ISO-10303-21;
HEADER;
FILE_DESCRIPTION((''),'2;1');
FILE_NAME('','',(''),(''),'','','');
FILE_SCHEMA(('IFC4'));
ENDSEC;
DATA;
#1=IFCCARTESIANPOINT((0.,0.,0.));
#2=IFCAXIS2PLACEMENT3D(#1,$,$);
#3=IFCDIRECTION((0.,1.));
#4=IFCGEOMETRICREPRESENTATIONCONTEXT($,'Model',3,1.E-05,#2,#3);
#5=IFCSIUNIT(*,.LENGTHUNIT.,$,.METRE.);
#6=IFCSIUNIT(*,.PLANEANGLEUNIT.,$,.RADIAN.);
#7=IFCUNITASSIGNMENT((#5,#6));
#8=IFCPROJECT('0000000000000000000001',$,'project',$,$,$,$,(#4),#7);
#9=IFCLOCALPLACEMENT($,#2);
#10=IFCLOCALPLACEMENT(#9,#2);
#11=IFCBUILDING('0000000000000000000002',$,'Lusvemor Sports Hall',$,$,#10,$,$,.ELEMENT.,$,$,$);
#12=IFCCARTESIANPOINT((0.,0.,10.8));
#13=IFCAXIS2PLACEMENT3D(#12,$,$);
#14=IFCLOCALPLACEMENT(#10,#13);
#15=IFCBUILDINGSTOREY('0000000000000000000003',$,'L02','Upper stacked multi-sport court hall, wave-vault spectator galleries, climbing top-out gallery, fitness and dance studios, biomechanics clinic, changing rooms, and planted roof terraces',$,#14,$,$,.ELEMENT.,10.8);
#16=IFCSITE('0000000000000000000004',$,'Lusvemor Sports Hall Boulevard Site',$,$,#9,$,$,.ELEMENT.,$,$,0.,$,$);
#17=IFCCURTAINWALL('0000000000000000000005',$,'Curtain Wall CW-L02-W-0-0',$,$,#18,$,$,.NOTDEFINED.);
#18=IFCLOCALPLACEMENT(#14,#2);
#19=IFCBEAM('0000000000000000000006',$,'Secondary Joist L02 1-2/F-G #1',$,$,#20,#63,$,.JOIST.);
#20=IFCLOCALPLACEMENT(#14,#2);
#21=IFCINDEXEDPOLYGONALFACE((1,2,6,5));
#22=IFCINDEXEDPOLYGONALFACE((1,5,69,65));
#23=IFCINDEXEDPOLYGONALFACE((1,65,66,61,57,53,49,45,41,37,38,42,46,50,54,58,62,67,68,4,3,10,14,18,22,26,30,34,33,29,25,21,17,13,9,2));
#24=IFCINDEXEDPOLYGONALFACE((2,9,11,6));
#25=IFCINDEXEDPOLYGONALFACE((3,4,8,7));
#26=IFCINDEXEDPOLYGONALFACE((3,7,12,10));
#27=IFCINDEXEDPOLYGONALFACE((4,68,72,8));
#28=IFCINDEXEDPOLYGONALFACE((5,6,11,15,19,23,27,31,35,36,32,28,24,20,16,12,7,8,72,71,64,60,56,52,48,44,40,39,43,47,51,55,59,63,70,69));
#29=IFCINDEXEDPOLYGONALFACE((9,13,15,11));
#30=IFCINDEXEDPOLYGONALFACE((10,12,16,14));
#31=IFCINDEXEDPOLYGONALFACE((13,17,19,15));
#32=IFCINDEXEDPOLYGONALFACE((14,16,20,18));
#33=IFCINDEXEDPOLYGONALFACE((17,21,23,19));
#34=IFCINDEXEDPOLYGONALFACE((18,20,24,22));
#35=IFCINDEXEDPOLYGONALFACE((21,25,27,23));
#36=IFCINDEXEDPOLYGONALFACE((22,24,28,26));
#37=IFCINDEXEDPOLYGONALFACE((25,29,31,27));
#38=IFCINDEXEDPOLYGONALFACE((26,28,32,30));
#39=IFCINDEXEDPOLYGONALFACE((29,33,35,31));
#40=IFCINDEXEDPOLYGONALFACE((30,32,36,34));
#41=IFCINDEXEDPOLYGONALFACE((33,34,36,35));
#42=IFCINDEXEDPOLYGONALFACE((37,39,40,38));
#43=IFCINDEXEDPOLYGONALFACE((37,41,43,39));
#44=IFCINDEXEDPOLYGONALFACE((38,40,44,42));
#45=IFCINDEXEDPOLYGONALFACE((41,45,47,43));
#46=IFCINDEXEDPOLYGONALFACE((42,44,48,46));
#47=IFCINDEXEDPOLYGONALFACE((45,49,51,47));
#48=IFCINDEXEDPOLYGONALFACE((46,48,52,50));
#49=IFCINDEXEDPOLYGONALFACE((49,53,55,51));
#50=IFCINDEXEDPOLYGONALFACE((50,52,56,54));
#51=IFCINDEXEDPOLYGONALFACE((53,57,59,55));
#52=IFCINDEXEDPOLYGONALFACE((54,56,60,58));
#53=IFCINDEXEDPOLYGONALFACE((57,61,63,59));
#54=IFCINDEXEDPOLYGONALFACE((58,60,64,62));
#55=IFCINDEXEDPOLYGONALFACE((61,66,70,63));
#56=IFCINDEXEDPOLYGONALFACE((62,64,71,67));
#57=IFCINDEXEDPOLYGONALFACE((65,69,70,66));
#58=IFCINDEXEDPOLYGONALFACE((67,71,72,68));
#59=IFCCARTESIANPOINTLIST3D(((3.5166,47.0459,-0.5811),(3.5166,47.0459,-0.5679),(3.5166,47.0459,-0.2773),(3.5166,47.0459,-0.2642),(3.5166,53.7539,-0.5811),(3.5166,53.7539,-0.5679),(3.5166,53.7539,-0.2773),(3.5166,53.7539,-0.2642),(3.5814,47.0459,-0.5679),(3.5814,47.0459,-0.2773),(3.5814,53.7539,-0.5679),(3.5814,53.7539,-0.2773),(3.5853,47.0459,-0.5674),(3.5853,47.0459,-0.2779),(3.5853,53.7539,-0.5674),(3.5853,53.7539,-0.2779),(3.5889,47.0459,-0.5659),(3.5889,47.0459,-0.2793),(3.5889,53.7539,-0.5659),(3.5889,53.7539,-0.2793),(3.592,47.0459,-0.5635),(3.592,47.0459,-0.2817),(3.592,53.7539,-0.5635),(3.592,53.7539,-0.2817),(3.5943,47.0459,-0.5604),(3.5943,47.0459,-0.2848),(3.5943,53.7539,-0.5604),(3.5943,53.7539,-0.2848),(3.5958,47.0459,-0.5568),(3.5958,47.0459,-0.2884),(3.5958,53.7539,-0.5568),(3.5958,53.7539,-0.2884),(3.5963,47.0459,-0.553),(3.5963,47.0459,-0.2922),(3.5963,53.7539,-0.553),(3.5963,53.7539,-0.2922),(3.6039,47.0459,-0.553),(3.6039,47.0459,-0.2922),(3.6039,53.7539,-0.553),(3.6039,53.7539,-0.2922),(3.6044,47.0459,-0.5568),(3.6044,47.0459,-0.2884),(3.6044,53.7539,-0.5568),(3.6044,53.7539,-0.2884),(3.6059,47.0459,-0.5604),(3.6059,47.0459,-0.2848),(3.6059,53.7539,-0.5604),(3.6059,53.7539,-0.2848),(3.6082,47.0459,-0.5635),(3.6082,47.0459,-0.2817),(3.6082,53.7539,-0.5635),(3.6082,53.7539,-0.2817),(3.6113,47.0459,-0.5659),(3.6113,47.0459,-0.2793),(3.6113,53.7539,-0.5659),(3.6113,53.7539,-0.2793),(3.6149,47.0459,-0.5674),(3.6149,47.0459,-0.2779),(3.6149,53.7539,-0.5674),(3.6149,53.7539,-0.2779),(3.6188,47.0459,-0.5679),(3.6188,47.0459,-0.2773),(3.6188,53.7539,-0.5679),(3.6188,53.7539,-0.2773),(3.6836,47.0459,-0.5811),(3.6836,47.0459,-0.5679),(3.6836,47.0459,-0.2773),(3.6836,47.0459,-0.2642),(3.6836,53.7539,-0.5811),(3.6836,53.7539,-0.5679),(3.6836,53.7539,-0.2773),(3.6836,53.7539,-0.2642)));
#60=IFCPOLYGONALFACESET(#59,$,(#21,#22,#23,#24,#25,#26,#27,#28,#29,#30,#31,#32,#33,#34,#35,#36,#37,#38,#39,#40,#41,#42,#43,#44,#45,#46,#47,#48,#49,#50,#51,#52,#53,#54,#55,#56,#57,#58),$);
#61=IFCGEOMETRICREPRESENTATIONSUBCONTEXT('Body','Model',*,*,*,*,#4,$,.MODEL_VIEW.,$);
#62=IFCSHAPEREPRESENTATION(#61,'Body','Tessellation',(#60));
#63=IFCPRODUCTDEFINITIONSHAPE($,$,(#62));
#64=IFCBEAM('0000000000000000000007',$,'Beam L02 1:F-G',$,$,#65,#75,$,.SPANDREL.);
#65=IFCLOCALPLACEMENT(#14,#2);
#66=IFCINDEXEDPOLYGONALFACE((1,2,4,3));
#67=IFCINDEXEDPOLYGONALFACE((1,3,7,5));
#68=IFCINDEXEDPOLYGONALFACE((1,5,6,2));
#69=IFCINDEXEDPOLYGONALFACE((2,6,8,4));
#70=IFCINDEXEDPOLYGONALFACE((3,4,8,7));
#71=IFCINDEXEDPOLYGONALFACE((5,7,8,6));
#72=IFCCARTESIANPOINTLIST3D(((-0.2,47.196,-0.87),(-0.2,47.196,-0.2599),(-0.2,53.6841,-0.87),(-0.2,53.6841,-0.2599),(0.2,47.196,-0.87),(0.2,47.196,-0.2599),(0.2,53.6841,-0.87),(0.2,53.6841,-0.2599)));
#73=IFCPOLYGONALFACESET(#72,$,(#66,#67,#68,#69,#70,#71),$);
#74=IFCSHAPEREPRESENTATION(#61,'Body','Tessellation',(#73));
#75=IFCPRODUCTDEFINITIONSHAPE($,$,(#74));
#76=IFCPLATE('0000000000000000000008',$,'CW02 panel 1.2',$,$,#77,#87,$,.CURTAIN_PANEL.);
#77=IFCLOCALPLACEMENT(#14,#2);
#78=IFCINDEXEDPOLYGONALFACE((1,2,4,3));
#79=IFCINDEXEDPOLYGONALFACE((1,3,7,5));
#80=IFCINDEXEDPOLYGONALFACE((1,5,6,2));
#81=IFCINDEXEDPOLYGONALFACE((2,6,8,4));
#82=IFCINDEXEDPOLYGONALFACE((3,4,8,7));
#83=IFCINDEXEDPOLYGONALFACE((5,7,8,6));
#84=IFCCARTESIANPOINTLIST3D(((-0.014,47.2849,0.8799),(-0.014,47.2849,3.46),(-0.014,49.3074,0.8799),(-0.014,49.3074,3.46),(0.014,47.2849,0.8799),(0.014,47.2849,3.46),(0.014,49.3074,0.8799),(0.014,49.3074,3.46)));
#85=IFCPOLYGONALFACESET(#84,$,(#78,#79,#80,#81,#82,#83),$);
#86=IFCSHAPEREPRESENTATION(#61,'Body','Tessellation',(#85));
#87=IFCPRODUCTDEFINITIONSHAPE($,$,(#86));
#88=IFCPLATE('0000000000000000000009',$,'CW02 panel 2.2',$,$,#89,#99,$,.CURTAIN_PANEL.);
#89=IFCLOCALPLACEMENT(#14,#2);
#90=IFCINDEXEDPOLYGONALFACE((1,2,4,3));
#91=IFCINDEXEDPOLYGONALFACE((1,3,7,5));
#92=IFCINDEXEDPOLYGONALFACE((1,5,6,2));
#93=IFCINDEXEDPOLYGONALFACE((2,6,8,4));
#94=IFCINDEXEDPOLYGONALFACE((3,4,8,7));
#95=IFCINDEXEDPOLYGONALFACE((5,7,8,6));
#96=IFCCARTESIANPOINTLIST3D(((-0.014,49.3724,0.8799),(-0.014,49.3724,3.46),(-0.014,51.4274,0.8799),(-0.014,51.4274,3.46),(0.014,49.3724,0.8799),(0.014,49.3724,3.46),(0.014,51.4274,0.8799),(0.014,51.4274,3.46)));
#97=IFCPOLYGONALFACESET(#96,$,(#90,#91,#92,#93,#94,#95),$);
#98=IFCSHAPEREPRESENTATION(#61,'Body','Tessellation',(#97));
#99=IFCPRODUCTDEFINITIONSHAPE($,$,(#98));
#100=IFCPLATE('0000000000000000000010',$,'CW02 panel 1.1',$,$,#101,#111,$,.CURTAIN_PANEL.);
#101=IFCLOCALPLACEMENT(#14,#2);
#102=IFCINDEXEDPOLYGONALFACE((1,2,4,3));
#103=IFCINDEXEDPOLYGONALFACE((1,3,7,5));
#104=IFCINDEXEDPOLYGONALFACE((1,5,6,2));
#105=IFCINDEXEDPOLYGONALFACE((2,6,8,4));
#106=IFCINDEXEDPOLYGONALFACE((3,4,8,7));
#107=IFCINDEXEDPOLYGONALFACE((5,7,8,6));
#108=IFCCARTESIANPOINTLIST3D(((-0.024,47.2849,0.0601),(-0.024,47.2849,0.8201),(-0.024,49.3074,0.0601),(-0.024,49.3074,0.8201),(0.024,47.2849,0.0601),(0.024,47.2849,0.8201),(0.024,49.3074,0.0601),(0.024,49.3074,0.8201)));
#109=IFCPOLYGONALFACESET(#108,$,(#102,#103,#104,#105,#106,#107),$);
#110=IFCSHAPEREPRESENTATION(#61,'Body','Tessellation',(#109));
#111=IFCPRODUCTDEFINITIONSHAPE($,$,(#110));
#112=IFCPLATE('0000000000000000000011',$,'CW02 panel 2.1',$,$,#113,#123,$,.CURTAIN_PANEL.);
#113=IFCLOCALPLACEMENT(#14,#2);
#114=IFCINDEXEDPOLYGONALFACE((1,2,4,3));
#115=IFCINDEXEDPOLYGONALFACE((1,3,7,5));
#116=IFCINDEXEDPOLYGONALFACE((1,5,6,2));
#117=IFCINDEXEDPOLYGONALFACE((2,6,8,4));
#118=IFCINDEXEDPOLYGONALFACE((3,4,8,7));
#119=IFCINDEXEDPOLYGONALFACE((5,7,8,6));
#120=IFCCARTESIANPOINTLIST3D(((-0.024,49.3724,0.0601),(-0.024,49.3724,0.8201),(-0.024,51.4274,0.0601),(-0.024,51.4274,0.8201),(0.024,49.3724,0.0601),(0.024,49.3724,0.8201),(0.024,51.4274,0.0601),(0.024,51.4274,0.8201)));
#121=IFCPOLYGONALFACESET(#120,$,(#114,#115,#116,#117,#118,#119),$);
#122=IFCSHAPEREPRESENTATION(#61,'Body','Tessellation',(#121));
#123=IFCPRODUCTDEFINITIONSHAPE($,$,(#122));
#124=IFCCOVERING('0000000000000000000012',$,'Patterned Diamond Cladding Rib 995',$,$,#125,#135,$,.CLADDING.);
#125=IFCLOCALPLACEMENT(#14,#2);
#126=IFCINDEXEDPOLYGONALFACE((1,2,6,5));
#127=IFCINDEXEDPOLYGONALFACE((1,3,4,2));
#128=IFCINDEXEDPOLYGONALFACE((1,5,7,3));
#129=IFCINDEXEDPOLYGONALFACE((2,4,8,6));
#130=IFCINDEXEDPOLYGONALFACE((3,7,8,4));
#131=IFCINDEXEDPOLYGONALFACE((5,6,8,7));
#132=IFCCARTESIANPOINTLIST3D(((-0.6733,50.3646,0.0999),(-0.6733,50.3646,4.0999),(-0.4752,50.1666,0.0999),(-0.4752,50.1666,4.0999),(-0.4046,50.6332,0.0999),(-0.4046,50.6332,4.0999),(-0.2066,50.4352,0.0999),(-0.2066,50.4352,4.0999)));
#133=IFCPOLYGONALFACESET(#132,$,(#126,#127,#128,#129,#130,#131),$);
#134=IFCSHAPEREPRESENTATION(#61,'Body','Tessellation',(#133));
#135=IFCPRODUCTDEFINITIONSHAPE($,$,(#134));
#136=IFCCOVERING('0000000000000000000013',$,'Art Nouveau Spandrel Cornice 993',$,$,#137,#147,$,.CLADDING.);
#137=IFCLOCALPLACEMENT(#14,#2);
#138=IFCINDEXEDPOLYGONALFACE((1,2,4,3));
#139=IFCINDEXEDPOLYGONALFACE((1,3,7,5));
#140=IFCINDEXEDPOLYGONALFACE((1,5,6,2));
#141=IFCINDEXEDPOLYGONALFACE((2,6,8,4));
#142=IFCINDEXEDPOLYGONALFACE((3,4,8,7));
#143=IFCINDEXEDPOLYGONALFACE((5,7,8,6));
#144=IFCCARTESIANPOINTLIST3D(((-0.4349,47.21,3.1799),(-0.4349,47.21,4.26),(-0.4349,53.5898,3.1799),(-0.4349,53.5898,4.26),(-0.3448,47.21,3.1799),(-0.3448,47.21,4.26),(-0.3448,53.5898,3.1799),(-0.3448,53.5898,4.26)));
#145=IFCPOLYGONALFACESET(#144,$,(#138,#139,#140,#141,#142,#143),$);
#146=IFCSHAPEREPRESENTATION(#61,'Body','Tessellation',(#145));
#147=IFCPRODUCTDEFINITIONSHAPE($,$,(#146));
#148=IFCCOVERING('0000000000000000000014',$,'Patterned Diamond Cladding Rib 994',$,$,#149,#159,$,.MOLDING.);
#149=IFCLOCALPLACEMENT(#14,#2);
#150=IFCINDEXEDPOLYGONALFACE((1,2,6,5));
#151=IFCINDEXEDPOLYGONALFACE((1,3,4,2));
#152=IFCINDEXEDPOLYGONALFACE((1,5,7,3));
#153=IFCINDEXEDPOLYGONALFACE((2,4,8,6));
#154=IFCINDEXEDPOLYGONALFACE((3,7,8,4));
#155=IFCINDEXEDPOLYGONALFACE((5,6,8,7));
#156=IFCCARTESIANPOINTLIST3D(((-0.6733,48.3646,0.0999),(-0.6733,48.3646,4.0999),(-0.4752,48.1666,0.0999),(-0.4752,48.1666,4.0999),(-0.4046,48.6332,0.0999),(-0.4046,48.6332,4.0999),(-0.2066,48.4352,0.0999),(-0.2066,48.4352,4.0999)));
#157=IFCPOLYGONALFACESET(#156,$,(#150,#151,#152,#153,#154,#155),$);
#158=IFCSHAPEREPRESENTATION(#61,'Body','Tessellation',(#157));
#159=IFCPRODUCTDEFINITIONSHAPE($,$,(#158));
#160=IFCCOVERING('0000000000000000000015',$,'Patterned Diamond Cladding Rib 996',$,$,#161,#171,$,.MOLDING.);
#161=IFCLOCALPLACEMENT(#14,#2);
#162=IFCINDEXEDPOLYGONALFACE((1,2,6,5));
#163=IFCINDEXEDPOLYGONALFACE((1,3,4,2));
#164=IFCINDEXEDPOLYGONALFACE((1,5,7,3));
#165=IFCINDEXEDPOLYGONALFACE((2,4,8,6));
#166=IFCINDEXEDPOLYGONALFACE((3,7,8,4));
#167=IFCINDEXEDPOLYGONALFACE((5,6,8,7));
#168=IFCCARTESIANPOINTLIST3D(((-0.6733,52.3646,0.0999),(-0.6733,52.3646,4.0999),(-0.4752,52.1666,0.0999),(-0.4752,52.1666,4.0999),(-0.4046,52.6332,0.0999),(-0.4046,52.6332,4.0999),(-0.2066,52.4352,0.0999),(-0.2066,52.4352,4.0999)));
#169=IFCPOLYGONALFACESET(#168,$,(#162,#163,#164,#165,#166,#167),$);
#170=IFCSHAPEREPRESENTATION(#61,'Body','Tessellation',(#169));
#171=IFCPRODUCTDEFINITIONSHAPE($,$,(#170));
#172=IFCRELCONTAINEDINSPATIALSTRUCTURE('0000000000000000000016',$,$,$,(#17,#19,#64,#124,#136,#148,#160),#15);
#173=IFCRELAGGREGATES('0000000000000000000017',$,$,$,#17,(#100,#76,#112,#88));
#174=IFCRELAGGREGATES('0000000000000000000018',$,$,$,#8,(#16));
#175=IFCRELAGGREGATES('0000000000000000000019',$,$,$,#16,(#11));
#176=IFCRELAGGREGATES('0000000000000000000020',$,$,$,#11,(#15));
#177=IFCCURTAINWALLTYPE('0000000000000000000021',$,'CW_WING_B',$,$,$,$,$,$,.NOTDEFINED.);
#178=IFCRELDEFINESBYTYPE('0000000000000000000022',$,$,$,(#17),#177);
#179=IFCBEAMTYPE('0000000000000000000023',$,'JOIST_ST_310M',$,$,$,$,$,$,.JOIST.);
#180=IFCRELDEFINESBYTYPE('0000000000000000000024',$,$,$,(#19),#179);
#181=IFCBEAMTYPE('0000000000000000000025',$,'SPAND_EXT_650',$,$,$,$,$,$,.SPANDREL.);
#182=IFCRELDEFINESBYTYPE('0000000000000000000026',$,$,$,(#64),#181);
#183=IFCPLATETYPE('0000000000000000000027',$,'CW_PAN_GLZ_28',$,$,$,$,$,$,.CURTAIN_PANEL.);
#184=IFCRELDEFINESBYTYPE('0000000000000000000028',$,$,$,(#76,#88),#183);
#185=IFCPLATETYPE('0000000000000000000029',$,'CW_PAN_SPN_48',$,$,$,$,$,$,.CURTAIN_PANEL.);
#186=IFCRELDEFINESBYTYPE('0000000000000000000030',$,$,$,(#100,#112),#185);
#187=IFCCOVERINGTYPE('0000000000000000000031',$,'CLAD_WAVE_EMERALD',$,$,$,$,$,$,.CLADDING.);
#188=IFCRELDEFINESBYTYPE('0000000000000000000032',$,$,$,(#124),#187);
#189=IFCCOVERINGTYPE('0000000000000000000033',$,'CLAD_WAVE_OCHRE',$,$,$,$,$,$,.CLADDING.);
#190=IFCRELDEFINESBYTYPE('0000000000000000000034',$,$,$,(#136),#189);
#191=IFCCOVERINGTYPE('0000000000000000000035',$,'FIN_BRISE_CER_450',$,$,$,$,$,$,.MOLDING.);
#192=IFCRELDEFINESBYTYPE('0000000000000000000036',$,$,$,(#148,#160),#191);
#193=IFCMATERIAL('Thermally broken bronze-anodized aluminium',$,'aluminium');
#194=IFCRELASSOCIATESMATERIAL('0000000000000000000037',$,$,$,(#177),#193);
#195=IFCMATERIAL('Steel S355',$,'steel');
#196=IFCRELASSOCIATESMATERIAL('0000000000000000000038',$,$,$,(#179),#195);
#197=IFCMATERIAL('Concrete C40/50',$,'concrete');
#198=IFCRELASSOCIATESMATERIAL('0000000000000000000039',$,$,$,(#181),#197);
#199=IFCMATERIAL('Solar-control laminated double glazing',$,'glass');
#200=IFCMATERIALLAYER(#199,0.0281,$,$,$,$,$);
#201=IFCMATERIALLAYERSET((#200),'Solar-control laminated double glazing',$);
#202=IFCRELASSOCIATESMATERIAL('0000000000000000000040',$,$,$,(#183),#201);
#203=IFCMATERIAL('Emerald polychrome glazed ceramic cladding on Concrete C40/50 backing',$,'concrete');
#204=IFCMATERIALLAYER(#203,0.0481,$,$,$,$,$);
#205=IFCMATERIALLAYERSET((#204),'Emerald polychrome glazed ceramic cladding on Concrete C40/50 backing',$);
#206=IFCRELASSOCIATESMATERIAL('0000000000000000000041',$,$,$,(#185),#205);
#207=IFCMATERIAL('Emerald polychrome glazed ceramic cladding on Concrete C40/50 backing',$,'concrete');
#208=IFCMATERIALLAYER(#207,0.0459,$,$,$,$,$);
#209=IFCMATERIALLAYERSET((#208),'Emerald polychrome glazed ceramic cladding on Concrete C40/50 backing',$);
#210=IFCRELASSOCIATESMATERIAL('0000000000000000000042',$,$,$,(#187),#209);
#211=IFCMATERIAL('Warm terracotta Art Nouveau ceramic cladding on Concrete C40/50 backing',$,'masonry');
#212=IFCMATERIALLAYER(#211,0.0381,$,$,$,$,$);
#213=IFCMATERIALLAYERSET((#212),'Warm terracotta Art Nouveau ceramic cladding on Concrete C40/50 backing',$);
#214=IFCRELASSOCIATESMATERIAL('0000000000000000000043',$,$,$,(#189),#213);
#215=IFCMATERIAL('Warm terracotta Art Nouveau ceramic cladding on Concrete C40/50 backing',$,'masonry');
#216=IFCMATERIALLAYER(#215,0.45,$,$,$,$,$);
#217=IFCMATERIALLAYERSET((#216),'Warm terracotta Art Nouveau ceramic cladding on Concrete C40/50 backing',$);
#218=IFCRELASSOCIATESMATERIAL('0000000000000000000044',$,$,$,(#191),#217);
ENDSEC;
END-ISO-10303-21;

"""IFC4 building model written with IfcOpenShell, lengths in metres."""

from ifc_helpers import new_model, si_unit, direction, frame, origin, origin_2d, place, context, subcontext, project, spatial, rectangle, i_section, extrude, material, layer, layer_set, material_profile, profile_set, type_object, element, aggregate, save


model = new_model("IFC4")

# Units and contexts
model_context = context("Model", 3, precision=1e-05, world=origin(), true_north=direction((0.0, 1.0)))
body_context = subcontext(model_context, "Body", "Model", "MODEL_VIEW")
ifc_project = project(units=[si_unit("LENGTHUNIT", "METRE"), si_unit("PLANEANGLEUNIT", "RADIAN")], contexts=[model_context])

# Site, building, storey
site_placement = place(None, origin())
site = spatial("IfcSite", under=ifc_project, at=site_placement, Name="Lusvemor Sports Hall Boulevard Site", CompositionType="ELEMENT", RefElevation=0.0)
building_placement = place(site_placement, origin())
building = spatial("IfcBuilding", under=site, at=building_placement, Name="Lusvemor Sports Hall", CompositionType="ELEMENT")
storey_placement = place(building_placement, frame((0.0, 0.0, 10.8)))
storey = spatial("IfcBuildingStorey", under=building, at=storey_placement, Name="L02", Description="Upper stacked multi-sport court hall, wave-vault spectator galleries, climbing top-out gallery, fitness and dance studios, biomechanics clinic, changing rooms, and planted roof terraces", CompositionType="ELEMENT", Elevation=10.8)

# Curtain wall
ifc_material_1 = material(Name="Thermally broken bronze-anodized aluminium", Category="aluminium")
curtain_wall_type = type_object("IfcCurtainWallType", Name="CW_WING_B", PredefinedType="NOTDEFINED", material=ifc_material_1)
curtain_wall_placement = place(storey_placement, origin())
curtain_wall = element("IfcCurtainWall", 1, at=curtain_wall_placement, inside=storey, type_object=curtain_wall_type, Name="Curtain Wall CW-L02-W-0-0", PredefinedType="NOTDEFINED")

# Beams
ifc_material_2 = material(Name="Steel S355", Category="steel")
ifc_material_profile_1 = material_profile(ifc_material_2, i_section(OverallWidth=0.167, OverallDepth=0.3169, WebThickness=0.0076, FlangeThickness=0.0132, FilletRadius=0.0149, at=origin_2d()), Name="W310x52.0")
ifc_profile_set_1 = profile_set([ifc_material_profile_1], Name="Steel S355")
beam_type_1 = type_object("IfcBeamType", Name="JOIST_ST_310M", PredefinedType="JOIST", material=ifc_profile_set_1)
beam_1_placement = place(storey_placement, frame((3.6001, 47.0459, -0.4226), z_axis=(0.0, 1.0, 0.0), x_axis=(-1.0, 0.0, 0.0)))
element("IfcBeam", 2, at=beam_1_placement, inside=storey, type_object=beam_type_1, Name="Secondary Joist L02 1-2/F-G #1", PredefinedType="JOIST", context=body_context, shape_type="SweptSolid", body=[
    extrude(i_section(OverallWidth=0.167, OverallDepth=0.3169, WebThickness=0.0076, FlangeThickness=0.0132, FilletRadius=0.0149, at=origin_2d()), origin(), (0.0, 0.0, 1.0), 6.708),
])
ifc_material_3 = material(Name="Concrete C40/50", Category="concrete")
ifc_material_profile_2 = material_profile(ifc_material_3, rectangle(XDim=0.3999, YDim=0.6101, at=origin_2d()), Name="RC400x610")
ifc_profile_set_2 = profile_set([ifc_material_profile_2], Name="Concrete C40/50")
beam_type_2 = type_object("IfcBeamType", Name="SPAND_EXT_650", PredefinedType="SPANDREL", material=ifc_profile_set_2)
beam_2_placement = place(storey_placement, frame((0.0, 47.196, -0.5649), z_axis=(0.0, 1.0, 0.0), x_axis=(-1.0, 0.0, 0.0)))
element("IfcBeam", 3, at=beam_2_placement, inside=storey, type_object=beam_type_2, Name="Beam L02 1:F-G", PredefinedType="SPANDREL", context=body_context, shape_type="SweptSolid", body=[
    extrude(rectangle(XDim=0.3999, YDim=0.6101, at=origin_2d()), origin(), (0.0, 0.0, 1.0), 6.488),
])

# Plates
ifc_material_4 = material(Name="Solar-control laminated double glazing", Category="glass")
ifc_layer_1 = layer(ifc_material_4, 0.0281)
ifc_layer_set_1 = layer_set([ifc_layer_1], Name="Solar-control laminated double glazing")
plate_type_1 = type_object("IfcPlateType", Name="CW_PAN_GLZ_28", PredefinedType="CURTAIN_PANEL", material=ifc_layer_set_1)
plate_1_placement = place(storey_placement, frame((0.0, 48.2961, 0.8799), z_axis=(0.0, 0.0, 1.0), x_axis=(0.0, 1.0, 0.0)))
plate_1 = element("IfcPlate", 4, at=plate_1_placement, type_object=plate_type_1, Name="CW02 panel 1.2", PredefinedType="CURTAIN_PANEL", context=body_context, shape_type="SweptSolid", body=[
    extrude(rectangle(XDim=2.0225, YDim=0.0281, at=origin_2d()), origin(), (0.0, 0.0, 1.0), 2.5801),
])
plate_2_placement = place(storey_placement, frame((0.0, 50.3999, 0.8799), z_axis=(0.0, 0.0, 1.0), x_axis=(0.0, 1.0, 0.0)))
plate_2 = element("IfcPlate", 5, at=plate_2_placement, type_object=plate_type_1, Name="CW02 panel 2.2", PredefinedType="CURTAIN_PANEL", context=body_context, shape_type="SweptSolid", body=[
    extrude(rectangle(XDim=2.0549, YDim=0.0281, at=origin_2d()), origin(), (0.0, 0.0, 1.0), 2.5801),
])
ifc_material_5 = material(Name="Emerald polychrome glazed ceramic cladding on Concrete C40/50 backing", Category="concrete")
ifc_layer_2 = layer(ifc_material_5, 0.0481)
ifc_layer_set_2 = layer_set([ifc_layer_2], Name="Emerald polychrome glazed ceramic cladding on Concrete C40/50 backing")
plate_type_2 = type_object("IfcPlateType", Name="CW_PAN_SPN_48", PredefinedType="CURTAIN_PANEL", material=ifc_layer_set_2)
plate_3_placement = place(storey_placement, frame((0.0, 48.2961, 0.0601), z_axis=(0.0, 0.0, 1.0), x_axis=(0.0, 1.0, 0.0)))
plate_3 = element("IfcPlate", 6, at=plate_3_placement, type_object=plate_type_2, Name="CW02 panel 1.1", PredefinedType="CURTAIN_PANEL", context=body_context, shape_type="SweptSolid", body=[
    extrude(rectangle(XDim=2.0225, YDim=0.0481, at=origin_2d()), origin(), (0.0, 0.0, 1.0), 0.76),
])
plate_4_placement = place(storey_placement, frame((0.0, 50.3999, 0.0601), z_axis=(0.0, 0.0, 1.0), x_axis=(0.0, 1.0, 0.0)))
plate_4 = element("IfcPlate", 7, at=plate_4_placement, type_object=plate_type_2, Name="CW02 panel 2.1", PredefinedType="CURTAIN_PANEL", context=body_context, shape_type="SweptSolid", body=[
    extrude(rectangle(XDim=2.0549, YDim=0.0481, at=origin_2d()), origin(), (0.0, 0.0, 1.0), 0.76),
])
aggregate(curtain_wall, [plate_3, plate_1, plate_4, plate_2])

# Coverings
ifc_material_6 = material(Name="Emerald polychrome glazed ceramic cladding on Concrete C40/50 backing", Category="concrete")
ifc_layer_3 = layer(ifc_material_6, 0.0459)
ifc_layer_set_3 = layer_set([ifc_layer_3], Name="Emerald polychrome glazed ceramic cladding on Concrete C40/50 backing")
covering_type_1 = type_object("IfcCoveringType", Name="CLAD_WAVE_EMERALD", PredefinedType="CLADDING", material=ifc_layer_set_3)
covering_1_placement = place(storey_placement, frame((-0.4399, 50.3999, 0.0999), z_axis=(0.0, 0.0, 1.0), x_axis=(0.707107, 0.707107, 0.0)))
element("IfcCovering", 8, at=covering_1_placement, inside=storey, type_object=covering_type_1, Name="Patterned Diamond Cladding Rib 995", PredefinedType="CLADDING", context=body_context, shape_type="SweptSolid", body=[
    extrude(rectangle(XDim=0.3799, YDim=0.28, at=origin_2d()), origin(), (0.0, 0.0, 1.0), 4.0),
])
ifc_material_7 = material(Name="Warm terracotta Art Nouveau ceramic cladding on Concrete C40/50 backing", Category="masonry")
ifc_layer_4 = layer(ifc_material_7, 0.0381)
ifc_layer_set_4 = layer_set([ifc_layer_4], Name="Warm terracotta Art Nouveau ceramic cladding on Concrete C40/50 backing")
covering_type_2 = type_object("IfcCoveringType", Name="CLAD_WAVE_OCHRE", PredefinedType="CLADDING", material=ifc_layer_set_4)
covering_2_placement = place(storey_placement, frame((-0.3899, 50.3999, 3.1799), z_axis=(0.0, 0.0, 1.0), x_axis=(1.0, 0.0, 0.0)))
element("IfcCovering", 9, at=covering_2_placement, inside=storey, type_object=covering_type_2, Name="Art Nouveau Spandrel Cornice 993", PredefinedType="CLADDING", context=body_context, shape_type="SweptSolid", body=[
    extrude(rectangle(XDim=0.0901, YDim=6.3799, at=origin_2d()), origin(), (0.0, 0.0, 1.0), 1.0801),
])
ifc_material_8 = material(Name="Warm terracotta Art Nouveau ceramic cladding on Concrete C40/50 backing", Category="masonry")
ifc_layer_5 = layer(ifc_material_8, 0.45)
ifc_layer_set_5 = layer_set([ifc_layer_5], Name="Warm terracotta Art Nouveau ceramic cladding on Concrete C40/50 backing")
covering_type_3 = type_object("IfcCoveringType", Name="FIN_BRISE_CER_450", PredefinedType="MOLDING", material=ifc_layer_set_5)
for number, where, z_axis, x_axis, name in (
    (10, (-0.4399, 48.3999, 0.0999), (0.0, 0.0, 1.0), (0.707107, 0.707107, 0.0), "Patterned Diamond Cladding Rib 994"),
    (11, (-0.4399, 52.3999, 0.0999), (0.0, 0.0, 1.0), (0.707107, 0.707107, 0.0), "Patterned Diamond Cladding Rib 996"),
):
    element("IfcCovering", number, at=place(storey_placement, frame(where, z_axis=z_axis, x_axis=x_axis)), inside=storey, type_object=covering_type_3, Name=name, PredefinedType="MOLDING", context=body_context, shape_type="SweptSolid", body=[
        extrude(rectangle(XDim=0.3799, YDim=0.28, at=origin_2d()), origin(), (0.0, 0.0, 1.0), 4.0),
    ])

save(model, "model.ifc")
